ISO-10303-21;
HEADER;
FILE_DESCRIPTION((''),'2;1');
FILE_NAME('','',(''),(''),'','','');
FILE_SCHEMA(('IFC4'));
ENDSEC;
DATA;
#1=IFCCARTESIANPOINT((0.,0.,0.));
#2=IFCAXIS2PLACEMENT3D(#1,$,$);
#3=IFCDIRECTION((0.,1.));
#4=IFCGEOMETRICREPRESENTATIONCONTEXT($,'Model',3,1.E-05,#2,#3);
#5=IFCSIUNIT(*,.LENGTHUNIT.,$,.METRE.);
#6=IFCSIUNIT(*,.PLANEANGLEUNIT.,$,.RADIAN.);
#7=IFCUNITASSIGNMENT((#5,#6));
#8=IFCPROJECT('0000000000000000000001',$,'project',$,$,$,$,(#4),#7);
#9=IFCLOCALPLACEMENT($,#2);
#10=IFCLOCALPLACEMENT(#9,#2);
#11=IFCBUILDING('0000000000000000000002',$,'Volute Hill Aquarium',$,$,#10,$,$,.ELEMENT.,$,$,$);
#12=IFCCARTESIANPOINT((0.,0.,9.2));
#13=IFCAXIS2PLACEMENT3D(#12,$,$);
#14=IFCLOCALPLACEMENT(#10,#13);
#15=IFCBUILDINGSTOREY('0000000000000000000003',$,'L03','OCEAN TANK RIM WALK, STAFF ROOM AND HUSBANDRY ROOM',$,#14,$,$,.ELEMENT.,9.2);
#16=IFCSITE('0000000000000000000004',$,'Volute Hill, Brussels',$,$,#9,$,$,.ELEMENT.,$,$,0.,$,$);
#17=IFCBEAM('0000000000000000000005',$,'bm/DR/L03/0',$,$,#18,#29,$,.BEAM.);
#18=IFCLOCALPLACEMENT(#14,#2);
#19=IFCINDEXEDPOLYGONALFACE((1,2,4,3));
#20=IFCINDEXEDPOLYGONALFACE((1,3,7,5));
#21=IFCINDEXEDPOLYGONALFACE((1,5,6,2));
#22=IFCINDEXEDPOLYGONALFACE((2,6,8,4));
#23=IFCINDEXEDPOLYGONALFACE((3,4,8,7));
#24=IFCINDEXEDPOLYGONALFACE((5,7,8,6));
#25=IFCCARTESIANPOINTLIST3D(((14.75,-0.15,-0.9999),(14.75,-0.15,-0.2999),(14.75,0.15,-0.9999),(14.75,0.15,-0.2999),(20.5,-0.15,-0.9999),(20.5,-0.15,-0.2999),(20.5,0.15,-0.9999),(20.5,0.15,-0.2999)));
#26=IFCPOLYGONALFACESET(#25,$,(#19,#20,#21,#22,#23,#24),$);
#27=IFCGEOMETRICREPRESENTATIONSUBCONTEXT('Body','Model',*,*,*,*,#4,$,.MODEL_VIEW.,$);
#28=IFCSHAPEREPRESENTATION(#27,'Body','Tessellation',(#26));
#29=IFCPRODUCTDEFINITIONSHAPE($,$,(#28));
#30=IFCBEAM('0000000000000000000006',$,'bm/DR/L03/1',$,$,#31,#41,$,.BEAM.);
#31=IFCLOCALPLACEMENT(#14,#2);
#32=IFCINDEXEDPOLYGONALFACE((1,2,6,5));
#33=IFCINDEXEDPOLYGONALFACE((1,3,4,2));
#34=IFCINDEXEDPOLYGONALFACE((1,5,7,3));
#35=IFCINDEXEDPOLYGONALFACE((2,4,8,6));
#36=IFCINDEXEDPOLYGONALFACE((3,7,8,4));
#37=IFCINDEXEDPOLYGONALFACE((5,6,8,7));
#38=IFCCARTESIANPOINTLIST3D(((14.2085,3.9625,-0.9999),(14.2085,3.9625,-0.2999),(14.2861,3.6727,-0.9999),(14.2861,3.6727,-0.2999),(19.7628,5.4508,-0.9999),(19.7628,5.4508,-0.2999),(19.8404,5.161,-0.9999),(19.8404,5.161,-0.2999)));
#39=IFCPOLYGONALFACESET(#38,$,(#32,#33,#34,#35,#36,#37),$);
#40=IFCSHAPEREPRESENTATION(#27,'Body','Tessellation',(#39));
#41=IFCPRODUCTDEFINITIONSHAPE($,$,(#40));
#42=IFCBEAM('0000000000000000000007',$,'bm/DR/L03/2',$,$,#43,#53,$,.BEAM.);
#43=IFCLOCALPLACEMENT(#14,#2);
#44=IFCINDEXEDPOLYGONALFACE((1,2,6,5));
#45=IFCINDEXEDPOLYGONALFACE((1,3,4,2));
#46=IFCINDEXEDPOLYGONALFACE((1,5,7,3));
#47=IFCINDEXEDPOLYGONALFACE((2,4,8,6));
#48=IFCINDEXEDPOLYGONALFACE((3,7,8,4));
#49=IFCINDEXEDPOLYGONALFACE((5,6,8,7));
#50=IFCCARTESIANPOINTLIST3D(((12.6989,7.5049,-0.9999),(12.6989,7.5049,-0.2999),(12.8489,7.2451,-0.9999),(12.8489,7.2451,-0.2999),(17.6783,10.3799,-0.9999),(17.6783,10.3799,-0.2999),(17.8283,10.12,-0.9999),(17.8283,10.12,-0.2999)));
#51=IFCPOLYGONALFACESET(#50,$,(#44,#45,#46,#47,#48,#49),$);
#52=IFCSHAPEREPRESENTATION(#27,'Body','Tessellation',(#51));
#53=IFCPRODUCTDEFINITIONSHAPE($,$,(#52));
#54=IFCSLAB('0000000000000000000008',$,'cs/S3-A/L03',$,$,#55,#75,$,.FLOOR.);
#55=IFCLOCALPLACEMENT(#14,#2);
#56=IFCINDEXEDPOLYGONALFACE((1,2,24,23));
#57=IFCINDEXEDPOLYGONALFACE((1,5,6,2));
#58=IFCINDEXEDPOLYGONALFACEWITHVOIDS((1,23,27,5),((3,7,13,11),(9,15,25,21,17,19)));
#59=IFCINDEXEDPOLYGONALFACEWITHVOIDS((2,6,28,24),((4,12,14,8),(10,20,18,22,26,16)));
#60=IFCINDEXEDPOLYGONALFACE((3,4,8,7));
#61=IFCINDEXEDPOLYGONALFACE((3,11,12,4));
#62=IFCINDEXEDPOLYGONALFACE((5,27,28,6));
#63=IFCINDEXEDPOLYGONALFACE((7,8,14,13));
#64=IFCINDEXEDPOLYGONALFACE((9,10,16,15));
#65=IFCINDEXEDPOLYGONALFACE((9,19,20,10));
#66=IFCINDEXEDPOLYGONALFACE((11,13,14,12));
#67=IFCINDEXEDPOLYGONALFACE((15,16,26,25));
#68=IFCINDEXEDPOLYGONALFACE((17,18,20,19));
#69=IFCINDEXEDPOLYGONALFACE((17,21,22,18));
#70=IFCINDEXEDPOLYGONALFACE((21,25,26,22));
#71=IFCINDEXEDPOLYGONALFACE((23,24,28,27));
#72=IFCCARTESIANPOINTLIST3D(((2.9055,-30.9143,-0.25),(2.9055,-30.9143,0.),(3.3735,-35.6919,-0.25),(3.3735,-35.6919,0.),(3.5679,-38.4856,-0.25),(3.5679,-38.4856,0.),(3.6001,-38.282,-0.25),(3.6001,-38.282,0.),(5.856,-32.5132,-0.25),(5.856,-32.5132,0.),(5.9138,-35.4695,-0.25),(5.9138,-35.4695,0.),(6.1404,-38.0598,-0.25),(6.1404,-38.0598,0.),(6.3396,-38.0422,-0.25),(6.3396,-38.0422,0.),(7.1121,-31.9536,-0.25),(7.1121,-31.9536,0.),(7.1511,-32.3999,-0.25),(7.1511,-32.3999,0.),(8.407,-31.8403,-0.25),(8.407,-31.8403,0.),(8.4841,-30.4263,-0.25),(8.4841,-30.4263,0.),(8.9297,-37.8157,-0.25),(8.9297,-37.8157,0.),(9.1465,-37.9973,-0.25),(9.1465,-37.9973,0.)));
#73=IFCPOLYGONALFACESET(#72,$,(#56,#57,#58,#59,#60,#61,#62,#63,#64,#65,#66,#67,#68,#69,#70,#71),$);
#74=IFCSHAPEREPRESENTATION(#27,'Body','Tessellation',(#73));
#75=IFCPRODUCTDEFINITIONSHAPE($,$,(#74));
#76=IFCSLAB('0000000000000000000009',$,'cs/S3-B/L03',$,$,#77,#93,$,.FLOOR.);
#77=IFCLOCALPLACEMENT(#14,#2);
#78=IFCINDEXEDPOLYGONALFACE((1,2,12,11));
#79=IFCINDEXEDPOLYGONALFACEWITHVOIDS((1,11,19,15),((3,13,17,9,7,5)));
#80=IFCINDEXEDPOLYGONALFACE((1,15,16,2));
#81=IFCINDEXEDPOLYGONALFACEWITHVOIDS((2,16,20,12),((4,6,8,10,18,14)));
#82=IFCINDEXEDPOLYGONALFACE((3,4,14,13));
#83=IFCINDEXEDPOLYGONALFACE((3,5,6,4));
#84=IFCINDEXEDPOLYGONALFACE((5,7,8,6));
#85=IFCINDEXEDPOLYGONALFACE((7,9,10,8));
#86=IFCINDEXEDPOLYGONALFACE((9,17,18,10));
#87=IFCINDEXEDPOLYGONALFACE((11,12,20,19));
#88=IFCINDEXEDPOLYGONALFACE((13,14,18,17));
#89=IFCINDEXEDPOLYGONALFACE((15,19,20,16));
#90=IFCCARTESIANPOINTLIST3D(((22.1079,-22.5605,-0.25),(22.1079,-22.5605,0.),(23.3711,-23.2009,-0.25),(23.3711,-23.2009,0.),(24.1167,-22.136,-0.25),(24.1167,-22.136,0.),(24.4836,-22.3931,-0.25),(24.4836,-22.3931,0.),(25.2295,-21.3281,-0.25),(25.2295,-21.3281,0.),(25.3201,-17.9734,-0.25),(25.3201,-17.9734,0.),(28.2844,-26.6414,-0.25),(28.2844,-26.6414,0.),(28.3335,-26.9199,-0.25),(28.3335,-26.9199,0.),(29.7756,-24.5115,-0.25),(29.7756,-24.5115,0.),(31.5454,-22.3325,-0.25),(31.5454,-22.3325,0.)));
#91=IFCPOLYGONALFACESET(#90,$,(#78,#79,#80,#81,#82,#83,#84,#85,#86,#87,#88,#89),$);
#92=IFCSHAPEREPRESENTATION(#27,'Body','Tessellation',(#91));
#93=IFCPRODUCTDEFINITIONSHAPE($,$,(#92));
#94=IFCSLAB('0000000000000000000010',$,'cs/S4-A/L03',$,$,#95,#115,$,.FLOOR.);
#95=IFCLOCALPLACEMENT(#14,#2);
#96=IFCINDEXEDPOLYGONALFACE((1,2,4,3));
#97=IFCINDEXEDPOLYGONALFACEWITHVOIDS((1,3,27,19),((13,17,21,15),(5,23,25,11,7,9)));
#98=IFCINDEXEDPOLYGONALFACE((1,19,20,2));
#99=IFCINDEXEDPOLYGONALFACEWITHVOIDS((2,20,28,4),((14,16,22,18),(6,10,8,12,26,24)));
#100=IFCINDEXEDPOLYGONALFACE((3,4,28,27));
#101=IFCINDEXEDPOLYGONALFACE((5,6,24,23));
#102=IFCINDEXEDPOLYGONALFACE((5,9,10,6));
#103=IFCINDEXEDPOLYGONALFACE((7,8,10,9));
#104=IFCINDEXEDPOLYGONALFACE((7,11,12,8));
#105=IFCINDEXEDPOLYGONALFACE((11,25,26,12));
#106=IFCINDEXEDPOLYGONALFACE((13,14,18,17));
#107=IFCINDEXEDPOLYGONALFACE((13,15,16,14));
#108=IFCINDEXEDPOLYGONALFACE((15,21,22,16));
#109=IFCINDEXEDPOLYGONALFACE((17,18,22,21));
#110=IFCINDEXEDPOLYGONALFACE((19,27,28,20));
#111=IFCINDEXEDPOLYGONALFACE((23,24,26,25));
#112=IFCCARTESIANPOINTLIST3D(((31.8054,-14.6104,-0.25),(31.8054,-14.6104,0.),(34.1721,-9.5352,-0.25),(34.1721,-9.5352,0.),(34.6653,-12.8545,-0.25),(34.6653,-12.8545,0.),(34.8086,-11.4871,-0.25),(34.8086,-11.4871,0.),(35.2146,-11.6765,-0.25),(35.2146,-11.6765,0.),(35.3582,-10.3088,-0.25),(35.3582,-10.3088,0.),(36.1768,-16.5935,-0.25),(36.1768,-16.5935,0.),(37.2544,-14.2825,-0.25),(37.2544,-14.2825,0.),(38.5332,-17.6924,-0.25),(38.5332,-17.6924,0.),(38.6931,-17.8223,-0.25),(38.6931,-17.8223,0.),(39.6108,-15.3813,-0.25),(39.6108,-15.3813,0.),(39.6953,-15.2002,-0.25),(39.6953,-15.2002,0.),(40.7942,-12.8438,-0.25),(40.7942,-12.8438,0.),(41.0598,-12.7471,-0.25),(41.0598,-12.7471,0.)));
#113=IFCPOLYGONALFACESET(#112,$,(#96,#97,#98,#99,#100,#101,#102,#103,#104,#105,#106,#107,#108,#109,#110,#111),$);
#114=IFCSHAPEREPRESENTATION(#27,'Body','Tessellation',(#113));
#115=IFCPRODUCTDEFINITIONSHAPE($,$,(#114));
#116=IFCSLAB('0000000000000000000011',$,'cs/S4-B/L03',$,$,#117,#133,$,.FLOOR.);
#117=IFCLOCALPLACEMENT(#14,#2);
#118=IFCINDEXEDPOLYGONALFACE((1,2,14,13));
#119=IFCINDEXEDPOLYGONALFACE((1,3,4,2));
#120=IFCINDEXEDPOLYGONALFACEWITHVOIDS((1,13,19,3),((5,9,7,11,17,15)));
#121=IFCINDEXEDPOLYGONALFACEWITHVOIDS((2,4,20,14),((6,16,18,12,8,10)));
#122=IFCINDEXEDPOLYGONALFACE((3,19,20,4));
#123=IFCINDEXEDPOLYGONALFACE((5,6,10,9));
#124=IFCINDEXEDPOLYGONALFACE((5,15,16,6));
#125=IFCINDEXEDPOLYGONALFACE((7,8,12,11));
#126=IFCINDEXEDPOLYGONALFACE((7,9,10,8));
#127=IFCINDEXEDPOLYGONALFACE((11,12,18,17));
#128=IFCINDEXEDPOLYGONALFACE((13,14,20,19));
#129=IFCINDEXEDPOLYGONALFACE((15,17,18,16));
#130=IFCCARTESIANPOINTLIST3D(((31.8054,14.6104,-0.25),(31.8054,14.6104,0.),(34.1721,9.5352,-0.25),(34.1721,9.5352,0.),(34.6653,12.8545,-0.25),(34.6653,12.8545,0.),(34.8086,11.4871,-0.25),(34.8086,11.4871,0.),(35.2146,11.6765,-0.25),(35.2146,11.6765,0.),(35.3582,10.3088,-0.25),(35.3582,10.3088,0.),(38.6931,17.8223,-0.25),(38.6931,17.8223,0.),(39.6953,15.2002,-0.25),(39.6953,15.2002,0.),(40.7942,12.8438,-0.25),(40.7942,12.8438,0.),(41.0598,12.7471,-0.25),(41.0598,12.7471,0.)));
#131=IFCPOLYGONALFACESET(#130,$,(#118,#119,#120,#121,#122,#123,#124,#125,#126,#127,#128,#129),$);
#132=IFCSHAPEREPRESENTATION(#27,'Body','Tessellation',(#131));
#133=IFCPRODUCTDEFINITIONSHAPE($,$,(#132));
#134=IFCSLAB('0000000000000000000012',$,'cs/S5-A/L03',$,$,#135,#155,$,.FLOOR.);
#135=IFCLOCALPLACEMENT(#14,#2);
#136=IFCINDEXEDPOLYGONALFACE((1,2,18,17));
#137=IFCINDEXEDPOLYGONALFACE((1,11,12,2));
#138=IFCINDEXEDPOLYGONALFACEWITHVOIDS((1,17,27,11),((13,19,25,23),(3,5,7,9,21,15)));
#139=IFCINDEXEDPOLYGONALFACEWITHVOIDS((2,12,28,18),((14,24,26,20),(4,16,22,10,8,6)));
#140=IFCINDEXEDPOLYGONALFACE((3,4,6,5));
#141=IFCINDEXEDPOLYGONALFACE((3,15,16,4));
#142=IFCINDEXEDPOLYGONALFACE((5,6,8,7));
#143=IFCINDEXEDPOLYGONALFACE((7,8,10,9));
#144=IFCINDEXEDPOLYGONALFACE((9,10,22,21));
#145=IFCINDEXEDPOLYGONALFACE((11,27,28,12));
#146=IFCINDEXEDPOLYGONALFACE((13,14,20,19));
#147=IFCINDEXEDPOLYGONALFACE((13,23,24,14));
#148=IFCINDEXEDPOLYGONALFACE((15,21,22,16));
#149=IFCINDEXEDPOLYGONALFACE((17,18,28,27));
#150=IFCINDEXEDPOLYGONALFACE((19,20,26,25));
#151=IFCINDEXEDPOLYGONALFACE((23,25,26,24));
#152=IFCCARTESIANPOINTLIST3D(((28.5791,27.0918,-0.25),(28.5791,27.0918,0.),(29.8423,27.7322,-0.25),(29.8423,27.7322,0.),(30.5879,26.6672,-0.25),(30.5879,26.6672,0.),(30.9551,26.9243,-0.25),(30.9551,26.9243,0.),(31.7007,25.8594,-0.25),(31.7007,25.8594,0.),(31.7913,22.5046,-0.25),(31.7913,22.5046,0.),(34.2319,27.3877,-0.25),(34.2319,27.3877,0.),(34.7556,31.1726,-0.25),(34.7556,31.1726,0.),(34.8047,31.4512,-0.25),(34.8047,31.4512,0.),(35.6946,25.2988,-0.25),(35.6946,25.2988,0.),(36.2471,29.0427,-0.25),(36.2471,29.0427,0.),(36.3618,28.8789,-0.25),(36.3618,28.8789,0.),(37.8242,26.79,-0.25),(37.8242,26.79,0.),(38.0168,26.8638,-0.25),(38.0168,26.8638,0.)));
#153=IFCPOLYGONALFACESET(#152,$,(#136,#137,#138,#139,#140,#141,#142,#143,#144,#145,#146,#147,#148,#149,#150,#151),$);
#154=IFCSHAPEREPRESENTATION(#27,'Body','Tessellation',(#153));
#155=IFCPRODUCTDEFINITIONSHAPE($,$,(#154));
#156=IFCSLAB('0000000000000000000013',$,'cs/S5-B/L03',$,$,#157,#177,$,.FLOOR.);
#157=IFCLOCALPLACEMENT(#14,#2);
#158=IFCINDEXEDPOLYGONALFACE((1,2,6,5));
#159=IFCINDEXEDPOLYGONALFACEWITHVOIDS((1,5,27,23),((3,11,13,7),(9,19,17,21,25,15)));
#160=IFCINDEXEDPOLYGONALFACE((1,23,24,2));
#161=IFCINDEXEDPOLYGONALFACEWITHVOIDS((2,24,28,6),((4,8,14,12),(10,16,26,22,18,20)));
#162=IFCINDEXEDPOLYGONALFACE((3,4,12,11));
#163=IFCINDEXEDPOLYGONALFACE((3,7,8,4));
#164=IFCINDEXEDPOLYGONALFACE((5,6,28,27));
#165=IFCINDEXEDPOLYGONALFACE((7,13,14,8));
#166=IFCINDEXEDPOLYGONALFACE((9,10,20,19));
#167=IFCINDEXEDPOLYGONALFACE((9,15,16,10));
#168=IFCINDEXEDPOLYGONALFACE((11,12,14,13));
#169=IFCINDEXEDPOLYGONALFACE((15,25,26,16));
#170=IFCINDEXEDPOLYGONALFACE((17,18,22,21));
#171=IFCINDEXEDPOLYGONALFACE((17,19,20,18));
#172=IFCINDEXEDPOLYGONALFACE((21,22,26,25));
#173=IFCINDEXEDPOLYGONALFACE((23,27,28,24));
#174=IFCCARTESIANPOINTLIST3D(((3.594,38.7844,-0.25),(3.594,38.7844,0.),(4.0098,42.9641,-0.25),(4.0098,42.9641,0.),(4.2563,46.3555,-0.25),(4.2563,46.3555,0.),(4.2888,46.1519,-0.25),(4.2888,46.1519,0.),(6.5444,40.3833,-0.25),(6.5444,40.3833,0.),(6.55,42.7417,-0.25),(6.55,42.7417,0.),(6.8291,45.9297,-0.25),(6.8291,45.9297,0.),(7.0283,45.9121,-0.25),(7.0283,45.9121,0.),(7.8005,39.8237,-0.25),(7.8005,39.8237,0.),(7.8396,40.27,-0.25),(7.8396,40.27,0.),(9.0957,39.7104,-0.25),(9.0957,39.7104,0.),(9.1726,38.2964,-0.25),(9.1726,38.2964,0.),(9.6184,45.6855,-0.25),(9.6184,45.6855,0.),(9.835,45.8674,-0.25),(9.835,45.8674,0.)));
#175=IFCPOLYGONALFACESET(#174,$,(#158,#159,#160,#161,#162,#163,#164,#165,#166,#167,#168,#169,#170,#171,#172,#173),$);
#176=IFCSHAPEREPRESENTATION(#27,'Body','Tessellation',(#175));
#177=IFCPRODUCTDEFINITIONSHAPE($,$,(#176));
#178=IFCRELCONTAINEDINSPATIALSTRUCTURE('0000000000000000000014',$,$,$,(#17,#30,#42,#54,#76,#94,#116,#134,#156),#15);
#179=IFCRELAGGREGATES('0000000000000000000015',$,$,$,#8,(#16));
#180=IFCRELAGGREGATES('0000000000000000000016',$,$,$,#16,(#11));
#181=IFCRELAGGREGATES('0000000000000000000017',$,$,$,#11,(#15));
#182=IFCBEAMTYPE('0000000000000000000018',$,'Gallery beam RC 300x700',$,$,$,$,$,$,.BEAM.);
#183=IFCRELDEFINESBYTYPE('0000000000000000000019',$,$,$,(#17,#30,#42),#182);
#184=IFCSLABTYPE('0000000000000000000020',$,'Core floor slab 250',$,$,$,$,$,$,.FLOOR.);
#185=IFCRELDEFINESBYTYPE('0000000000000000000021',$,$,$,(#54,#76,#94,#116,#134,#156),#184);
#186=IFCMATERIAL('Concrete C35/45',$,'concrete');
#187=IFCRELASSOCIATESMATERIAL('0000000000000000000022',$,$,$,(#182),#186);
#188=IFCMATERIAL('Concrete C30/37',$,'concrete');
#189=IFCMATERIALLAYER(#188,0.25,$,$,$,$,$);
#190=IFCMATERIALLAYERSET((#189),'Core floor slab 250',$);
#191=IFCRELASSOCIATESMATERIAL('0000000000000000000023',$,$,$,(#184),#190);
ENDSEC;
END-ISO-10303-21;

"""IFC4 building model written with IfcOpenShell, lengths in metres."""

from ifc_helpers import new_model, si_unit, direction, frame, origin, origin_2d, place, context, subcontext, project, spatial, polyline, rectangle, outline, extrude, material, layer, layer_set, material_profile, profile_set, type_object, element, save


model = new_model("IFC4")

# Units and contexts
model_context = context("Model", 3, precision=1e-05, world=origin(), true_north=direction((0.0, 1.0)))
body_context = subcontext(model_context, "Body", "Model", "MODEL_VIEW")
ifc_project = project(units=[si_unit("LENGTHUNIT", "METRE"), si_unit("PLANEANGLEUNIT", "RADIAN")], contexts=[model_context])

# Site, building, storey
site_placement = place(None, origin())
site = spatial("IfcSite", under=ifc_project, at=site_placement, Name="Volute Hill, Brussels", CompositionType="ELEMENT", RefElevation=0.0)
building_placement = place(site_placement, origin())
building = spatial("IfcBuilding", under=site, at=building_placement, Name="Volute Hill Aquarium", CompositionType="ELEMENT")
storey_placement = place(building_placement, frame((0.0, 0.0, 9.2)))
storey = spatial("IfcBuildingStorey", under=building, at=storey_placement, Name="L03", Description="OCEAN TANK RIM WALK, STAFF ROOM AND HUSBANDRY ROOM", CompositionType="ELEMENT", Elevation=9.2)

# Beams
ifc_material_1 = material(Name="Concrete C35/45", Category="concrete")
ifc_material_profile = material_profile(ifc_material_1, rectangle(XDim=0.3, YDim=0.7, at=origin_2d()), Name="RC beam 300x700")
ifc_profile_set = profile_set([ifc_material_profile], Name="Concrete C35/45")
beam_type = type_object("IfcBeamType", Name="Gallery beam RC 300x700", PredefinedType="BEAM", material=ifc_profile_set)
beam_1_placement = place(storey_placement, frame((14.75, 0.0, -0.6499), z_axis=(1.0, 0.0, 0.0), x_axis=(0.0, 1.0, 0.0)))
element("IfcBeam", 1, at=beam_1_placement, inside=storey, type_object=beam_type, Name="bm/DR/L03/0", PredefinedType="BEAM", context=body_context, shape_type="SweptSolid", body=[
    extrude(rectangle(XDim=0.3, YDim=0.7, at=origin_2d()), origin(), (0.0, 0.0, 1.0), 5.75),
])
beam_2_placement = place(storey_placement, frame((14.2473, 3.8176, -0.6499), z_axis=(0.965924, 0.258825, 0.0), x_axis=(-0.258825, 0.965924, 0.0)))
element("IfcBeam", 2, at=beam_2_placement, inside=storey, type_object=beam_type, Name="bm/DR/L03/1", PredefinedType="BEAM", context=body_context, shape_type="SweptSolid", body=[
    extrude(rectangle(XDim=0.3, YDim=0.7, at=origin_2d()), origin(), (0.0, 0.0, 1.0), 5.7502),
])
beam_3_placement = place(storey_placement, frame((12.7739, 7.375, -0.6499), z_axis=(0.866019, 0.500012, 0.0), x_axis=(-0.500012, 0.866019, 0.0)))
element("IfcBeam", 3, at=beam_3_placement, inside=storey, type_object=beam_type, Name="bm/DR/L03/2", PredefinedType="BEAM", context=body_context, shape_type="SweptSolid", body=[
    extrude(rectangle(XDim=0.3, YDim=0.7, at=origin_2d()), origin(), (0.0, 0.0, 1.0), 5.7498),
])

# Slabs
ifc_material_2 = material(Name="Concrete C30/37", Category="concrete")
ifc_layer_1 = layer(ifc_material_2, 0.25)
ifc_layer_set_1 = layer_set([ifc_layer_1], Name="Core floor slab 250")
slab_type_1 = type_object("IfcSlabType", Name="Core floor slab 250", PredefinedType="FLOOR", material=ifc_layer_set_1)
slab_1_placement = place(storey_placement, frame((0.0, 0.0, -0.25)))
element("IfcSlab", 4, at=slab_1_placement, inside=storey, type_object=slab_type_1, Name="cs/S3-A/L03", PredefinedType="FLOOR", context=body_context, shape_type="SweptSolid", body=[
    extrude(outline(polyline([(2.9055, -30.9143), (3.5679, -38.4856), (9.1465, -37.9973), (8.4841, -30.4263), (2.9055, -30.9143)]), holes=[polyline([(5.9138, -35.4695), (6.1404, -38.0598), (3.6001, -38.282), (3.3735, -35.6919), (5.9138, -35.4695)]), polyline([(7.1511, -32.3999), (7.1121, -31.9536), (8.407, -31.8403), (8.9297, -37.8157), (6.3396, -38.0422), (5.856, -32.5132), (7.1511, -32.3999)])]), origin(), (0.0, 0.0, 1.0), 0.25),
])
slab_2_placement = place(storey_placement, frame((0.0, 0.0, -0.25)))
element("IfcSlab", 5, at=slab_2_placement, inside=storey, type_object=slab_type_1, Name="cs/S3-B/L03", PredefinedType="FLOOR", context=body_context, shape_type="SweptSolid", body=[
    extrude(outline(polyline([(22.1079, -22.5605), (28.3335, -26.9199), (31.5454, -22.3325), (25.3201, -17.9734), (22.1079, -22.5605)]), holes=[polyline([(25.2295, -21.3281), (29.7756, -24.5115), (28.2844, -26.6414), (23.3711, -23.2009), (24.1167, -22.136), (24.4836, -22.3931), (25.2295, -21.3281)])]), origin(), (0.0, 0.0, 1.0), 0.25),
])
slab_3_placement = place(storey_placement, frame((0.0, 0.0, -0.25)))
element("IfcSlab", 6, at=slab_3_placement, inside=storey, type_object=slab_type_1, Name="cs/S4-A/L03", PredefinedType="FLOOR", context=body_context, shape_type="SweptSolid", body=[
    extrude(outline(polyline([(31.8054, -14.6104), (38.6931, -17.8223), (41.0598, -12.7471), (34.1721, -9.5352), (31.8054, -14.6104)]), holes=[polyline([(37.2544, -14.2825), (39.6108, -15.3813), (38.5332, -17.6924), (36.1768, -16.5935), (37.2544, -14.2825)]), polyline([(35.2146, -11.6765), (34.8086, -11.4871), (35.3582, -10.3088), (40.7942, -12.8438), (39.6953, -15.2002), (34.6653, -12.8545), (35.2146, -11.6765)])]), origin(), (0.0, 0.0, 1.0), 0.25),
])
slab_4_placement = place(storey_placement, frame((0.0, 0.0, -0.25)))
element("IfcSlab", 7, at=slab_4_placement, inside=storey, type_object=slab_type_1, Name="cs/S4-B/L03", PredefinedType="FLOOR", context=body_context, shape_type="SweptSolid", body=[
    extrude(outline(polyline([(34.1721, 9.5352), (41.0598, 12.7471), (38.6931, 17.8223), (31.8054, 14.6104), (34.1721, 9.5352)]), holes=[polyline([(34.6653, 12.8545), (39.6953, 15.2002), (40.7942, 12.8438), (35.3582, 10.3088), (34.8086, 11.4871), (35.2146, 11.6765), (34.6653, 12.8545)])]), origin(), (0.0, 0.0, 1.0), 0.25),
])
slab_5_placement = place(storey_placement, frame((0.0, 0.0, -0.25)))
element("IfcSlab", 8, at=slab_5_placement, inside=storey, type_object=slab_type_1, Name="cs/S5-A/L03", PredefinedType="FLOOR", context=body_context, shape_type="SweptSolid", body=[
    extrude(outline(polyline([(31.7913, 22.5046), (38.0168, 26.8638), (34.8047, 31.4512), (28.5791, 27.0918), (31.7913, 22.5046)]), holes=[polyline([(34.2319, 27.3877), (36.3618, 28.8789), (37.8242, 26.79), (35.6946, 25.2988), (34.2319, 27.3877)]), polyline([(30.9551, 26.9243), (30.5879, 26.6672), (29.8423, 27.7322), (34.7556, 31.1726), (36.2471, 29.0427), (31.7007, 25.8594), (30.9551, 26.9243)])]), origin(), (0.0, 0.0, 1.0), 0.25),
])
slab_6_placement = place(storey_placement, frame((0.0, 0.0, -0.25)))
element("IfcSlab", 9, at=slab_6_placement, inside=storey, type_object=slab_type_1, Name="cs/S5-B/L03", PredefinedType="FLOOR", context=body_context, shape_type="SweptSolid", body=[
    extrude(outline(polyline([(9.1726, 38.2964), (9.835, 45.8674), (4.2563, 46.3555), (3.594, 38.7844), (9.1726, 38.2964)]), holes=[polyline([(4.0098, 42.9641), (4.2888, 46.1519), (6.8291, 45.9297), (6.55, 42.7417), (4.0098, 42.9641)]), polyline([(6.5444, 40.3833), (7.0283, 45.9121), (9.6184, 45.6855), (9.0957, 39.7104), (7.8005, 39.8237), (7.8396, 40.27), (6.5444, 40.3833)])]), origin(), (0.0, 0.0, 1.0), 0.25),
])

save(model, "model.ifc")
